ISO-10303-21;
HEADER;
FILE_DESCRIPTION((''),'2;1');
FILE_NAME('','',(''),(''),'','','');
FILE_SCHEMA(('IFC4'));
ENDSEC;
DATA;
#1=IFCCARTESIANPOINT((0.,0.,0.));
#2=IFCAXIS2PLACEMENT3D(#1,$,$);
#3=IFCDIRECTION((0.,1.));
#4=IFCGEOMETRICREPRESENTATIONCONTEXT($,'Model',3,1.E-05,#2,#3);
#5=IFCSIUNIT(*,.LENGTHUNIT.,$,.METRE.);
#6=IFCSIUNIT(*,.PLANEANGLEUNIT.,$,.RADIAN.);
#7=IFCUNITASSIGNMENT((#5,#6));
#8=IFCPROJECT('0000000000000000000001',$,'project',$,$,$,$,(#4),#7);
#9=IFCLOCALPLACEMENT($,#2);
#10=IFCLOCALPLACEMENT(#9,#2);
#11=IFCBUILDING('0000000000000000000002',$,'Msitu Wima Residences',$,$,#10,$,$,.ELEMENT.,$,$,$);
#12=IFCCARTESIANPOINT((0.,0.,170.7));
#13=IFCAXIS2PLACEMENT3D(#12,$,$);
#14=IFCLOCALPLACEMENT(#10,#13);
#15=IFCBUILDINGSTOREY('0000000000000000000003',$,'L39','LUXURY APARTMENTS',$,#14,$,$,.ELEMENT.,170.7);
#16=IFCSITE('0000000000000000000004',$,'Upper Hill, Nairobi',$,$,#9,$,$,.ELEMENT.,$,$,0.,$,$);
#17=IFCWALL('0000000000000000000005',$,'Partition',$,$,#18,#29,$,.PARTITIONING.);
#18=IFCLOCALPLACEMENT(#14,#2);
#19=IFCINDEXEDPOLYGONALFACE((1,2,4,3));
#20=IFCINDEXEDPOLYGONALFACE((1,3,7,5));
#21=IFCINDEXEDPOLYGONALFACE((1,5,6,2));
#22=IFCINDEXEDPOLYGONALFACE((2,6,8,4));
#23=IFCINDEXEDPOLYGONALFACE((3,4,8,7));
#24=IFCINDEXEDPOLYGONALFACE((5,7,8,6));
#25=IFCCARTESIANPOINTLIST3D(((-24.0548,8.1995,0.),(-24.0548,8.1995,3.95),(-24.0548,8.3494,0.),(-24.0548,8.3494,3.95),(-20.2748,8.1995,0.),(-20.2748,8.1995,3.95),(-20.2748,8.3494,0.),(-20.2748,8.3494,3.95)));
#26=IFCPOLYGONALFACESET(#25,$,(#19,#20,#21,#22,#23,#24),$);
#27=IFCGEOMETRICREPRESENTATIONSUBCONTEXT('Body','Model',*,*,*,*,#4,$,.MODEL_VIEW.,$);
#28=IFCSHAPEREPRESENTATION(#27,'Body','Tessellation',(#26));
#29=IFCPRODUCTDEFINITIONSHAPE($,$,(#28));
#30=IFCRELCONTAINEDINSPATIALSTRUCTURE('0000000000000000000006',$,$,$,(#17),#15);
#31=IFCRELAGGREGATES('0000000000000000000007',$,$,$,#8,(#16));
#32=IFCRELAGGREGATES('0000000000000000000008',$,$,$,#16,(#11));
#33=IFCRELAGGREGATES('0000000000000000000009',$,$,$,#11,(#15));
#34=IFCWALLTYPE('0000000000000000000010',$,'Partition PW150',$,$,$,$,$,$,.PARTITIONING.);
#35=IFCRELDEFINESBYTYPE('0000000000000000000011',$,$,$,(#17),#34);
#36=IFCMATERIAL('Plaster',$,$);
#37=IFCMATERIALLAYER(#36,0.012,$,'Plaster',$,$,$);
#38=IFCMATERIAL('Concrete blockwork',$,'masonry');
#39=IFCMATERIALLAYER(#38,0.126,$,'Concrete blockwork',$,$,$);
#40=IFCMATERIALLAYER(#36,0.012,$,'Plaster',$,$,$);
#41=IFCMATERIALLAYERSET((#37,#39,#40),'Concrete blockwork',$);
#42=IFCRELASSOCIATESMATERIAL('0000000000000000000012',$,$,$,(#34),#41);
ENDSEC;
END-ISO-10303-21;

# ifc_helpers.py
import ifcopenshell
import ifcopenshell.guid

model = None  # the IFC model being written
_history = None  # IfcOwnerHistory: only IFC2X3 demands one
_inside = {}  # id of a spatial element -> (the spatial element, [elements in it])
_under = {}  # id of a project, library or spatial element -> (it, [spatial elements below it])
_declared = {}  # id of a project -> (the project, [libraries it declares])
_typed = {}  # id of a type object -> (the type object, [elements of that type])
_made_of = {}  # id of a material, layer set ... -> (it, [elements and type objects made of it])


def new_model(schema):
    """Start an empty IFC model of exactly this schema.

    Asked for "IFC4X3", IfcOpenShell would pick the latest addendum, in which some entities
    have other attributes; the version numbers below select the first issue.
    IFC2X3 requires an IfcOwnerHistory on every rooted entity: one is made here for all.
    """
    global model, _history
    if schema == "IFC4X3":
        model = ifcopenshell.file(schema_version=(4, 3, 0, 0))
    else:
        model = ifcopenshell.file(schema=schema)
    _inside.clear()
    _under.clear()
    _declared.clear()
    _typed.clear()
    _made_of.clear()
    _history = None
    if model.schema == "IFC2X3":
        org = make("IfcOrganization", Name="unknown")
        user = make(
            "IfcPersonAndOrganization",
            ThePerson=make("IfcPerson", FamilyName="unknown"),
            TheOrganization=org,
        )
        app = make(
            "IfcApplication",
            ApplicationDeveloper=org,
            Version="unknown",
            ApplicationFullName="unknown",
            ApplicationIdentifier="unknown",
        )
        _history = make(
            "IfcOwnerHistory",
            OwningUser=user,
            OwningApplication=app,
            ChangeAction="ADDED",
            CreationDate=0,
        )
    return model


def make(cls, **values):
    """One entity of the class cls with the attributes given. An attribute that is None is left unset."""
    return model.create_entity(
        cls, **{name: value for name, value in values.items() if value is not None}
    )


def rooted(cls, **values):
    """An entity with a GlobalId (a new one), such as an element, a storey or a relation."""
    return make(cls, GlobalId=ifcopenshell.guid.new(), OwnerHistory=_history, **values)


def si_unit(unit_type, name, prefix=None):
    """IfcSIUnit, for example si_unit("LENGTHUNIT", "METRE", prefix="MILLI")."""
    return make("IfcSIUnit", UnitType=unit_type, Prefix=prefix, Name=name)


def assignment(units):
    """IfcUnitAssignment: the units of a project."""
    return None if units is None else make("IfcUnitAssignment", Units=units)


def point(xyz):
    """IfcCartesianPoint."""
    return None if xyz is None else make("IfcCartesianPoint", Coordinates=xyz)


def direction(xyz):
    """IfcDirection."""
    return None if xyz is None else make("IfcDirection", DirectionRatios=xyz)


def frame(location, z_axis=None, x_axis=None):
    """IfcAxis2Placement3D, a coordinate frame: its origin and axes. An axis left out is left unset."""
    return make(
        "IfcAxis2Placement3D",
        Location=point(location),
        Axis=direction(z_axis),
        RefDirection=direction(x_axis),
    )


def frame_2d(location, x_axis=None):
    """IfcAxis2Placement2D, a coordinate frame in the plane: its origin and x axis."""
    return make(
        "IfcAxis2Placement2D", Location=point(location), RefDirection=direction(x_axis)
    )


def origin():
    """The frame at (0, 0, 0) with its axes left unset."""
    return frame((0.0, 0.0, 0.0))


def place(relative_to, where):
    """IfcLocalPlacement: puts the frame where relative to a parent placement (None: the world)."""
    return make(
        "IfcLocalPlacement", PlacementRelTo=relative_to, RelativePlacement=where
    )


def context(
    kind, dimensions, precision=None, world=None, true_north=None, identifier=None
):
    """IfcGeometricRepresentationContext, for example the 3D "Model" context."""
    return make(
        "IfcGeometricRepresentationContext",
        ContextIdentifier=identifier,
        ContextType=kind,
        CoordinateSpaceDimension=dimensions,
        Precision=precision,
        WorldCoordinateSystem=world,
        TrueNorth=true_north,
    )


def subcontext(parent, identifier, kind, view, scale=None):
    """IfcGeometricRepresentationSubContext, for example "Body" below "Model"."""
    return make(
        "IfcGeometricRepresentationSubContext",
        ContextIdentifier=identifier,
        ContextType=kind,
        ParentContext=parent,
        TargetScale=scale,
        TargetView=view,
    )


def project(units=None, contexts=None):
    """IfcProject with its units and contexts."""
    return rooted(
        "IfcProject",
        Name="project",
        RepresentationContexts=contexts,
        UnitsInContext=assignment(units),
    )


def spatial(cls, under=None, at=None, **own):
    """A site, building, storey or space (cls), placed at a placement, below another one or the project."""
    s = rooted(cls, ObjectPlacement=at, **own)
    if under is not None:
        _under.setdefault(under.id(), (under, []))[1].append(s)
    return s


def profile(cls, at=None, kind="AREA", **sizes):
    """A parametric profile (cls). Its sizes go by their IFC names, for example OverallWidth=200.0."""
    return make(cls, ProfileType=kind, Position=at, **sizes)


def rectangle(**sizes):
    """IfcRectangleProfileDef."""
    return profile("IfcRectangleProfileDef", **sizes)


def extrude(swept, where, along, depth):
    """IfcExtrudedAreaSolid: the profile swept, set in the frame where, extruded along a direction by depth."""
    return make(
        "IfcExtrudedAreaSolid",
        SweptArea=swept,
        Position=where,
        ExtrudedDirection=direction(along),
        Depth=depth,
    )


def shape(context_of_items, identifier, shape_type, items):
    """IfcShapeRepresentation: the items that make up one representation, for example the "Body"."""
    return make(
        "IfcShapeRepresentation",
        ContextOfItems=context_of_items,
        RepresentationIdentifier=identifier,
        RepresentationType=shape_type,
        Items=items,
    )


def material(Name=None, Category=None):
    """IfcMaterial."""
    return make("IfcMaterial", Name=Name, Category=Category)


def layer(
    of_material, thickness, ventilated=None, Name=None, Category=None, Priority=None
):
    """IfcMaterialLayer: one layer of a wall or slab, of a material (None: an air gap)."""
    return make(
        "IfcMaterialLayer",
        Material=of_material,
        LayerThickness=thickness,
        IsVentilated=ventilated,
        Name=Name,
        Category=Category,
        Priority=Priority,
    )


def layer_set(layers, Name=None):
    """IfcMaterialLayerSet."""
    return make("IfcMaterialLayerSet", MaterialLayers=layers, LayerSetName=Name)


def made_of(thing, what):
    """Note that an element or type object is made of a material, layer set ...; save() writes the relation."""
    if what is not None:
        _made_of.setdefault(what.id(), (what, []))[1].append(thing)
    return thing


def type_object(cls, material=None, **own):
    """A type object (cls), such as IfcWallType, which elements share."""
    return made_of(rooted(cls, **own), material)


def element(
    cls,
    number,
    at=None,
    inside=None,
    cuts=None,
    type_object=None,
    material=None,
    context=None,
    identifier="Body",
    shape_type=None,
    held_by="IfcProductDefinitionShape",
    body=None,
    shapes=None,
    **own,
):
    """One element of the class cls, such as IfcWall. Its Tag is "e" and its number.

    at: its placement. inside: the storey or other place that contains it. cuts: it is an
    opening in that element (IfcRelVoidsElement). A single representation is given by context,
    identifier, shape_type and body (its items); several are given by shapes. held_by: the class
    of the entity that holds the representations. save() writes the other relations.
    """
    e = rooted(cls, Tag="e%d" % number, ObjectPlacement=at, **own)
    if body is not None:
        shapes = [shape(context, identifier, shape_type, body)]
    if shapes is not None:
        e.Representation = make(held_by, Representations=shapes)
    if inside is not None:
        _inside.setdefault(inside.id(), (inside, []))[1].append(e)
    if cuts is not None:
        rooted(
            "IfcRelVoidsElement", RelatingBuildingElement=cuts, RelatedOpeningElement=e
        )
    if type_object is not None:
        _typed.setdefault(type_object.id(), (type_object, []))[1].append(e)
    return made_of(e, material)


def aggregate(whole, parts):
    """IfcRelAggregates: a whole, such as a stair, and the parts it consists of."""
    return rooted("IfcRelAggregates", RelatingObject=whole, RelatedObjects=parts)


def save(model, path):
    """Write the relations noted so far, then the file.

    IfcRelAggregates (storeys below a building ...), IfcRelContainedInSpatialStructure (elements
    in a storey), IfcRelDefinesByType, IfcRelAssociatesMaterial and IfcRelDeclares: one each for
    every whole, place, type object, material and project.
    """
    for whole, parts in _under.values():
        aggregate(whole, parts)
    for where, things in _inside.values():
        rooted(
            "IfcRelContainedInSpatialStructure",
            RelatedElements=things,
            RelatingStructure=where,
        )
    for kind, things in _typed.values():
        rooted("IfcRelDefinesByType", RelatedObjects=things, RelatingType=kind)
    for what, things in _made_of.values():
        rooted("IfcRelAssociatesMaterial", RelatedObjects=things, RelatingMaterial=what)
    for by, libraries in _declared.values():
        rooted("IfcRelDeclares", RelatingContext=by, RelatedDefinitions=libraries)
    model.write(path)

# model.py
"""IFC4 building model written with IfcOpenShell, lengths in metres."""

from ifc_helpers import new_model, si_unit, direction, frame, frame_2d, origin, place, context, subcontext, project, spatial, rectangle, extrude, material, layer, layer_set, type_object, element, save


model = new_model("IFC4")

# Units and contexts
model_context = context("Model", 3, precision=1e-05, world=origin(), true_north=direction((0.0, 1.0)))
body_context = subcontext(model_context, "Body", "Model", "MODEL_VIEW")
ifc_project = project(units=[si_unit("LENGTHUNIT", "METRE"), si_unit("PLANEANGLEUNIT", "RADIAN")], contexts=[model_context])

# Site, building, storey
site_placement = place(None, origin())
site = spatial("IfcSite", under=ifc_project, at=site_placement, Name="Upper Hill, Nairobi", CompositionType="ELEMENT", RefElevation=0.0)
building_placement = place(site_placement, origin())
building = spatial("IfcBuilding", under=site, at=building_placement, Name="Msitu Wima Residences", CompositionType="ELEMENT")
storey_placement = place(building_placement, frame((0.0, 0.0, 170.7)))
storey = spatial("IfcBuildingStorey", under=building, at=storey_placement, Name="L39", Description="LUXURY APARTMENTS", CompositionType="ELEMENT", Elevation=170.7)

# Wall
ifc_material_1 = material(Name="Plaster")
ifc_layer_1 = layer(ifc_material_1, 0.012, Name="Plaster")
ifc_material_2 = material(Name="Concrete blockwork", Category="masonry")
ifc_layer_2 = layer(ifc_material_2, 0.126, Name="Concrete blockwork")
ifc_layer_3 = layer(ifc_material_1, 0.012, Name="Plaster")
ifc_layer_set_1 = layer_set([ifc_layer_1, ifc_layer_2, ifc_layer_3], Name="Concrete blockwork")
wall_type_1 = type_object("IfcWallType", Name="Partition PW150", PredefinedType="PARTITIONING", material=ifc_layer_set_1)
wall_1_placement = place(storey_placement, frame((-24.0549, 8.2744, 0.0), z_axis=(0.0, 0.0, 1.0), x_axis=(1.0, 0.0, 0.0)))
element("IfcWall", 1, at=wall_1_placement, inside=storey, type_object=wall_type_1, Name="Partition", PredefinedType="PARTITIONING", context=body_context, shape_type="SweptSolid", body=[
    extrude(rectangle(XDim=3.78, YDim=0.1499, at=frame_2d((1.8901, 0.0))), origin(), (0.0, 0.0, 1.0), 3.95),
])

save(model, "model.ifc")
